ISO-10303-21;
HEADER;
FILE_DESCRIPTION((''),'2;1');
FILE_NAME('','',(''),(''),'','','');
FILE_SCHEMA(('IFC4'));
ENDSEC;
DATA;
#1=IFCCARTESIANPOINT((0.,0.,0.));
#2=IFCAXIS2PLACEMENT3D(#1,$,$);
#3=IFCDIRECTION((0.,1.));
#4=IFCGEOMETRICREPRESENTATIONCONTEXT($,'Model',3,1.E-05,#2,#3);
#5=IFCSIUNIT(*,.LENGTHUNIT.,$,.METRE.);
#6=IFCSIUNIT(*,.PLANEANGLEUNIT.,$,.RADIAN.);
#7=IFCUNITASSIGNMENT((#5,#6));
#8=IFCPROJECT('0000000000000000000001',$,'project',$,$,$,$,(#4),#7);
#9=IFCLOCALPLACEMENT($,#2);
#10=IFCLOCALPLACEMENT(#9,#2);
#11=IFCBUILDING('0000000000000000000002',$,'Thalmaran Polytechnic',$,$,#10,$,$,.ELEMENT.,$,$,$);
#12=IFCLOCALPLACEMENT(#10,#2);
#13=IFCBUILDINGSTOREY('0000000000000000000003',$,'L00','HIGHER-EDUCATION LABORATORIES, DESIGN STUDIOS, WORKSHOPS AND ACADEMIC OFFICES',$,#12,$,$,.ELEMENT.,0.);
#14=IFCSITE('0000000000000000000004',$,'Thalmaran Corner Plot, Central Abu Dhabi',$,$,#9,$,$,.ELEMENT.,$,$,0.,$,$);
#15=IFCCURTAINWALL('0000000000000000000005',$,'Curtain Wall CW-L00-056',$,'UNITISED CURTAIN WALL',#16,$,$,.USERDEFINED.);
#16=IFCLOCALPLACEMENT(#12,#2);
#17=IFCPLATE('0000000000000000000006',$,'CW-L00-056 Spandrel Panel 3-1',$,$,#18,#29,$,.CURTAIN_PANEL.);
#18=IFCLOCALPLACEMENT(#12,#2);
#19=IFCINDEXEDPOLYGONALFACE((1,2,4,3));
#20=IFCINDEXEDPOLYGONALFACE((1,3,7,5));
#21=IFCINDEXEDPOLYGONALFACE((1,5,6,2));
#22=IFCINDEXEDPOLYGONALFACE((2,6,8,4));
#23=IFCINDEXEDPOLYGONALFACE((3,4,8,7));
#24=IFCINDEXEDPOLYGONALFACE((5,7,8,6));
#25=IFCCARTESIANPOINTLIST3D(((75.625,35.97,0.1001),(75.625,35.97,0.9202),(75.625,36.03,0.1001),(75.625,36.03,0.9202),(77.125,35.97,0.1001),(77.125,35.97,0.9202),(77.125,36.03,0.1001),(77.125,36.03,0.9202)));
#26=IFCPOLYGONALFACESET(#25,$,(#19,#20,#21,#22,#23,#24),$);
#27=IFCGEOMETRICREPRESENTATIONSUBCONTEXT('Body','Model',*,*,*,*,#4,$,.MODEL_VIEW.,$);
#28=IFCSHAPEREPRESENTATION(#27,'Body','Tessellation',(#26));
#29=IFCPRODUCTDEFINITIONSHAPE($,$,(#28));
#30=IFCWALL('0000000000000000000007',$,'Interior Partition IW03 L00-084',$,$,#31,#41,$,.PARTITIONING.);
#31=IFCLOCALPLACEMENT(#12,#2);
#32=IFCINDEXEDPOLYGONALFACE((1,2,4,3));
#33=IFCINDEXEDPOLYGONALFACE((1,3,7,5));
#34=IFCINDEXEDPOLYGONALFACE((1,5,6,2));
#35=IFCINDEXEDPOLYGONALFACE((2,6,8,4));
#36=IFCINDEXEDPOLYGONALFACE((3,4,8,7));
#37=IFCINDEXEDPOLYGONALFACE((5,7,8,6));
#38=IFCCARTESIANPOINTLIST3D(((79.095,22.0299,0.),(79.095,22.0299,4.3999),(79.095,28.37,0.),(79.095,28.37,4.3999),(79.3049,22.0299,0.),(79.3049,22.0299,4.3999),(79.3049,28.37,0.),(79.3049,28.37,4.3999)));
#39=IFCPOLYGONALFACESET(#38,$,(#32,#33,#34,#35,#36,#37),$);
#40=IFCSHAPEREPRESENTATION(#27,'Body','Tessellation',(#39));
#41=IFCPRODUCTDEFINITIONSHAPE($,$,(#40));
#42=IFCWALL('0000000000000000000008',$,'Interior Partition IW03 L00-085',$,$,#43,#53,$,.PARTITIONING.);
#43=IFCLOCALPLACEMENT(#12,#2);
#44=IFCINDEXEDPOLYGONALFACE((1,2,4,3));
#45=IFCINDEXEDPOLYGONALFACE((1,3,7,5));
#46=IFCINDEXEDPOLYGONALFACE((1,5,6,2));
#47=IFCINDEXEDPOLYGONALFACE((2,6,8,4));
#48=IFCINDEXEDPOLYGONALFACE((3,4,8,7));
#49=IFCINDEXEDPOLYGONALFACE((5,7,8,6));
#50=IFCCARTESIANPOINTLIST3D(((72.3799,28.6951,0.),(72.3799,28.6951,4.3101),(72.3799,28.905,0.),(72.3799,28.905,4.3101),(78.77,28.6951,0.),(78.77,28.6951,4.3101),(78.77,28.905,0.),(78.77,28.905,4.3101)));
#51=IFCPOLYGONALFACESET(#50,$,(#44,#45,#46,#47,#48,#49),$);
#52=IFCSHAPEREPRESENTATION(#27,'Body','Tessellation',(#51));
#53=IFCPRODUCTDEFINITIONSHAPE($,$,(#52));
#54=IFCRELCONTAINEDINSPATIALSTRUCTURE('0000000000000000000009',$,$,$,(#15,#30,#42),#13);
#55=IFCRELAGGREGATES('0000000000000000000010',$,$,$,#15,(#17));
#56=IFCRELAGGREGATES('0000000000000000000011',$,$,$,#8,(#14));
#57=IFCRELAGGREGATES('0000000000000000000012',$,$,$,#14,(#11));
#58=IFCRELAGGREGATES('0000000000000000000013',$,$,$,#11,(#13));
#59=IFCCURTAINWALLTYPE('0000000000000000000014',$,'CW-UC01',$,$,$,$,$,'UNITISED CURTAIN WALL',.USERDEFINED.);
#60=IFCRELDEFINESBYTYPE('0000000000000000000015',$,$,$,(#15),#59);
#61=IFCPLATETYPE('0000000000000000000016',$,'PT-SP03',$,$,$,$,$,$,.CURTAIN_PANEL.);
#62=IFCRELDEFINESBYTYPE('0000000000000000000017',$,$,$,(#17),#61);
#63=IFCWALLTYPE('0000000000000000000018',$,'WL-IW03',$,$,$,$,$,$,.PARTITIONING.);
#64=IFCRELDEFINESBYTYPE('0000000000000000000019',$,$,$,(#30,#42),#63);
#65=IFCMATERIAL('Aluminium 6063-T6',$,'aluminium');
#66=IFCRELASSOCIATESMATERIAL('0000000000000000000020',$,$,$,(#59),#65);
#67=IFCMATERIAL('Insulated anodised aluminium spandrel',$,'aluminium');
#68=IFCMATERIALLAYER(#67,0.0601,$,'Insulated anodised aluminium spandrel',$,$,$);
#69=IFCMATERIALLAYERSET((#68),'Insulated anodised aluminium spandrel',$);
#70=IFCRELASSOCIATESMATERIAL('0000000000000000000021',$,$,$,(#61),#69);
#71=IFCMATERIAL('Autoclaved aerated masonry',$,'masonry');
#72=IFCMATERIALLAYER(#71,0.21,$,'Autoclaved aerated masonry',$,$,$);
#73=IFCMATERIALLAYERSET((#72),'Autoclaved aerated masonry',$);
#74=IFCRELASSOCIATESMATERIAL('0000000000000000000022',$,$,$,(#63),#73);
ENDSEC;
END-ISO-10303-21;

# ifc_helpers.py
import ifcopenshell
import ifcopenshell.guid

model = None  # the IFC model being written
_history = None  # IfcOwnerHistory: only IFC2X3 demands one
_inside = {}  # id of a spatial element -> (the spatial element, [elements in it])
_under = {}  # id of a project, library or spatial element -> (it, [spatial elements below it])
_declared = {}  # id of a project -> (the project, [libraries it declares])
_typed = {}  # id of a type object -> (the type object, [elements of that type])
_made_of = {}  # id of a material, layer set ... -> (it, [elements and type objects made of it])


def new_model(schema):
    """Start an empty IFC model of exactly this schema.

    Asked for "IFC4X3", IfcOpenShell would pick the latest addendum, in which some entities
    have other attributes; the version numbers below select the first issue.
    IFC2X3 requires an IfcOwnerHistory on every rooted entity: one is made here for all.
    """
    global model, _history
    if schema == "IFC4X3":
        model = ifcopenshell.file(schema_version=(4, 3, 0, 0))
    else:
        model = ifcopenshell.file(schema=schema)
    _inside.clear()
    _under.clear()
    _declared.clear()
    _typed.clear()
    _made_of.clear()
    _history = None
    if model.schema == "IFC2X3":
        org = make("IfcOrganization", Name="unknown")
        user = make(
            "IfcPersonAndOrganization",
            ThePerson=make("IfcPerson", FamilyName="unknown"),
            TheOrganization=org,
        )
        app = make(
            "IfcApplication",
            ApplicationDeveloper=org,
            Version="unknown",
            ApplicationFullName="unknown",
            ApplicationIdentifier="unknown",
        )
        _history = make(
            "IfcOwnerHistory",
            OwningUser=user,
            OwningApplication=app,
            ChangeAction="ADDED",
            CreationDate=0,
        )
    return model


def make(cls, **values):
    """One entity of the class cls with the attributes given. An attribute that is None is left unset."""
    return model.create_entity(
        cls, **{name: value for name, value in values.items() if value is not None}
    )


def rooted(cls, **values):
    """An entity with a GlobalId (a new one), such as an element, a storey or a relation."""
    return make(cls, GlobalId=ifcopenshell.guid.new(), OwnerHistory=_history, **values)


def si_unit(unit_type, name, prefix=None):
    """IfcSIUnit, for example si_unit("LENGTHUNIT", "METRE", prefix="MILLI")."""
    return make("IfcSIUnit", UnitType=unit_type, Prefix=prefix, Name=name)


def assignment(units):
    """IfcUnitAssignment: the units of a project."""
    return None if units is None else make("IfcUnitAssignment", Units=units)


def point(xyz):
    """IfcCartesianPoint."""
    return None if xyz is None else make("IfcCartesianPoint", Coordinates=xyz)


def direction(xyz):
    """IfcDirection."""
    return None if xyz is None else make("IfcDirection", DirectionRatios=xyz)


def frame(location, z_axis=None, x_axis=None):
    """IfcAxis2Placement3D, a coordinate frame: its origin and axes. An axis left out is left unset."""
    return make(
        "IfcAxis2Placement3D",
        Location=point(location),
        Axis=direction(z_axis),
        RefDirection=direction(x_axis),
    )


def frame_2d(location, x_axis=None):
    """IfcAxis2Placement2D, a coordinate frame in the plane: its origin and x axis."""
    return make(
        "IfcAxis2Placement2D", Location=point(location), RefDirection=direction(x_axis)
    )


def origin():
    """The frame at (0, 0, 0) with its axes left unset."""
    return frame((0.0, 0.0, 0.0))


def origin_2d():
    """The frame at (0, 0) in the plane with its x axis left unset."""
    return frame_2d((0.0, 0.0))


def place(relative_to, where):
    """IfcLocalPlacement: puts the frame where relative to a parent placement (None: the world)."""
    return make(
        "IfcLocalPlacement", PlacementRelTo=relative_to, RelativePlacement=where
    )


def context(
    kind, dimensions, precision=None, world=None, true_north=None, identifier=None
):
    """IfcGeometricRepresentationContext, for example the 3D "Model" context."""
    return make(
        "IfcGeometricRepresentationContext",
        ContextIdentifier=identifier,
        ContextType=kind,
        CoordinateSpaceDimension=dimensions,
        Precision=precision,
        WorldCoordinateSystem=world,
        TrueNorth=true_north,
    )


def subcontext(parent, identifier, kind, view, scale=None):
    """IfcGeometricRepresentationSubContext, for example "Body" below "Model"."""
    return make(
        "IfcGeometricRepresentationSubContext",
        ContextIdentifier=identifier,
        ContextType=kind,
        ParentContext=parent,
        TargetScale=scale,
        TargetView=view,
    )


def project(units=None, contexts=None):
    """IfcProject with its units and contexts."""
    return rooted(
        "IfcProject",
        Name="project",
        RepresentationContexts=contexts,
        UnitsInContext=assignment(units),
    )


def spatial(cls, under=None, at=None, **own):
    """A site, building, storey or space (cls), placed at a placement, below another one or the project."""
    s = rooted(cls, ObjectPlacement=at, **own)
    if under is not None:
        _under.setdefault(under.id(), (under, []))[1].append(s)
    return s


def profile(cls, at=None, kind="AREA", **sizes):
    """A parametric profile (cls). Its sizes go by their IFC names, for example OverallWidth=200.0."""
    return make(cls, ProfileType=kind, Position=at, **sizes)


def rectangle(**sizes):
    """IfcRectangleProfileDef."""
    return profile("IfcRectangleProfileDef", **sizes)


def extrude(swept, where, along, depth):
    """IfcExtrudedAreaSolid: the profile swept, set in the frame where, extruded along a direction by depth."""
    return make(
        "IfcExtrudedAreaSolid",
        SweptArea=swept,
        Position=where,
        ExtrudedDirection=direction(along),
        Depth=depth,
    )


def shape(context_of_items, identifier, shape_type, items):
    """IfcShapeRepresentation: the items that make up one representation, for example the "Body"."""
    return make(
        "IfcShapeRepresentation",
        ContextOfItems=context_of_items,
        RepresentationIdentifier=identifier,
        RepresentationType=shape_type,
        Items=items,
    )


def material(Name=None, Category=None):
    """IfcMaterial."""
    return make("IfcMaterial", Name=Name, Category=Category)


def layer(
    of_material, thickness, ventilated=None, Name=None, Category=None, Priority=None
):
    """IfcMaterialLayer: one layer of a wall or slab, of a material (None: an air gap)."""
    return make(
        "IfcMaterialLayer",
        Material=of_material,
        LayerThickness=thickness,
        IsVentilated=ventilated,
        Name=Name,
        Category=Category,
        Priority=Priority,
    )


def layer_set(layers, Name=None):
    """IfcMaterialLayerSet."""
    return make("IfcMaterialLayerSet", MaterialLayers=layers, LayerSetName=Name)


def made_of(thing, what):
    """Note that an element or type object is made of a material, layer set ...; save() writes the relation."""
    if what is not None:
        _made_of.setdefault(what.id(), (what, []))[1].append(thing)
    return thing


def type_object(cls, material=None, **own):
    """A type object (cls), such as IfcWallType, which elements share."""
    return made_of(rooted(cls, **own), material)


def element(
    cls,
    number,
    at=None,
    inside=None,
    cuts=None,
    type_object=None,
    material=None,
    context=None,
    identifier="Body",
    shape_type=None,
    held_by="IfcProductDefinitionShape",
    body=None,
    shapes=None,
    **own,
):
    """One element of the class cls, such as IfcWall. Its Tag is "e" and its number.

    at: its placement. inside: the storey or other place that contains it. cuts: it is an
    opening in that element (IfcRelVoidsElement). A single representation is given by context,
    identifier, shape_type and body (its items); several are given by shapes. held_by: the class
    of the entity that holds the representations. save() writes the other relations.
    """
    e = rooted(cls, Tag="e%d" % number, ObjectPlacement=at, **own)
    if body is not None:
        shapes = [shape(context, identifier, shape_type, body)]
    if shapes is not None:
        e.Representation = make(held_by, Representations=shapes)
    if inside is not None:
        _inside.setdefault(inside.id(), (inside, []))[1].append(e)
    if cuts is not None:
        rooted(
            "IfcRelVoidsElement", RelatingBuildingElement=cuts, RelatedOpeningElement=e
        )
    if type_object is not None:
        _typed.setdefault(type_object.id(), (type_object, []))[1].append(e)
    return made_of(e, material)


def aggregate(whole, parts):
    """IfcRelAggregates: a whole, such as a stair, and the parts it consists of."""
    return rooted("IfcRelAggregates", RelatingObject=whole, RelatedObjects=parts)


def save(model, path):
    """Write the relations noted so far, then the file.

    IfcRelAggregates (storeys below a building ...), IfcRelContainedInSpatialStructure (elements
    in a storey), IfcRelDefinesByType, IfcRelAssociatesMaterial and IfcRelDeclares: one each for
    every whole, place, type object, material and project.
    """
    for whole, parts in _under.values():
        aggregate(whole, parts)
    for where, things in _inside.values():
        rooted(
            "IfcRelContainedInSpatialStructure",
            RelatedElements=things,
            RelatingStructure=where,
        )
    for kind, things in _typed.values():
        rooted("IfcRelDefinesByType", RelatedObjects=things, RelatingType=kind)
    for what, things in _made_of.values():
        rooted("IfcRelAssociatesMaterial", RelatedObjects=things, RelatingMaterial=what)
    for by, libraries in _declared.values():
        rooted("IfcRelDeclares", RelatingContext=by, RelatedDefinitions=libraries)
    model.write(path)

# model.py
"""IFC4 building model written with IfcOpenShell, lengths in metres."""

from ifc_helpers import new_model, si_unit, direction, frame, frame_2d, origin, origin_2d, place, context, subcontext, project, spatial, rectangle, extrude, material, layer, layer_set, type_object, element, aggregate, save


model = new_model("IFC4")

# Units and contexts
model_context = context("Model", 3, precision=1e-05, world=origin(), true_north=direction((0.0, 1.0)))
body_context = subcontext(model_context, "Body", "Model", "MODEL_VIEW")
ifc_project = project(units=[si_unit("LENGTHUNIT", "METRE"), si_unit("PLANEANGLEUNIT", "RADIAN")], contexts=[model_context])

# Site, building, storey
site_placement = place(None, origin())
site = spatial("IfcSite", under=ifc_project, at=site_placement, Name="Thalmaran Corner Plot, Central Abu Dhabi", CompositionType="ELEMENT", RefElevation=0.0)
building_placement = place(site_placement, origin())
building = spatial("IfcBuilding", under=site, at=building_placement, Name="Thalmaran Polytechnic", CompositionType="ELEMENT")
storey_placement = place(building_placement, origin())
storey = spatial("IfcBuildingStorey", under=building, at=storey_placement, Name="L00", Description="HIGHER-EDUCATION LABORATORIES, DESIGN STUDIOS, WORKSHOPS AND ACADEMIC OFFICES", CompositionType="ELEMENT", Elevation=0.0)

# Curtain wall, plate
ifc_material_1 = material(Name="Aluminium 6063-T6", Category="aluminium")
curtain_wall_type = type_object("IfcCurtainWallType", Name="CW-UC01", ElementType="UNITISED CURTAIN WALL", PredefinedType="USERDEFINED", material=ifc_material_1)
curtain_wall_placement = place(storey_placement, origin())
curtain_wall = element("IfcCurtainWall", 1, at=curtain_wall_placement, inside=storey, type_object=curtain_wall_type, Name="Curtain Wall CW-L00-056", ObjectType="UNITISED CURTAIN WALL", PredefinedType="USERDEFINED")
ifc_material_2 = material(Name="Insulated anodised aluminium spandrel", Category="aluminium")
ifc_layer_1 = layer(ifc_material_2, 0.0601, Name="Insulated anodised aluminium spandrel")
ifc_layer_set_1 = layer_set([ifc_layer_1], Name="Insulated anodised aluminium spandrel")
plate_type_1 = type_object("IfcPlateType", Name="PT-SP03", PredefinedType="CURTAIN_PANEL", material=ifc_layer_set_1)
plate_1_placement = place(storey_placement, frame((76.375, 36.0, 0.1001), z_axis=(0.0, 0.0, 1.0), x_axis=(1.0, 0.0, 0.0)))
plate_1 = element("IfcPlate", 2, at=plate_1_placement, type_object=plate_type_1, Name="CW-L00-056 Spandrel Panel 3-1", PredefinedType="CURTAIN_PANEL", context=body_context, shape_type="SweptSolid", body=[
    extrude(rectangle(XDim=1.5, YDim=0.0601, at=origin_2d()), origin(), (0.0, 0.0, 1.0), 0.8201),
])
aggregate(curtain_wall, [plate_1])

# Walls
ifc_material_3 = material(Name="Autoclaved aerated masonry", Category="masonry")
ifc_layer_2 = layer(ifc_material_3, 0.21, Name="Autoclaved aerated masonry")
ifc_layer_set_2 = layer_set([ifc_layer_2], Name="Autoclaved aerated masonry")
wall_type = type_object("IfcWallType", Name="WL-IW03", PredefinedType="PARTITIONING", material=ifc_layer_set_2)
wall_1_placement = place(storey_placement, frame((79.2, 22.03, 0.0), z_axis=(0.0, 0.0, 1.0), x_axis=(0.0, 1.0, 0.0)))
element("IfcWall", 3, at=wall_1_placement, inside=storey, type_object=wall_type, Name="Interior Partition IW03 L00-084", PredefinedType="PARTITIONING", context=body_context, shape_type="SweptSolid", body=[
    extrude(rectangle(XDim=6.3401, YDim=0.21, at=frame_2d((3.1699, 0.0))), origin(), (0.0, 0.0, 1.0), 4.3999),
])
wall_2_placement = place(storey_placement, frame((72.3799, 28.8, 0.0), z_axis=(0.0, 0.0, 1.0), x_axis=(1.0, 0.0, 0.0)))
element("IfcWall", 4, at=wall_2_placement, inside=storey, type_object=wall_type, Name="Interior Partition IW03 L00-085", PredefinedType="PARTITIONING", context=body_context, shape_type="SweptSolid", body=[
    extrude(rectangle(XDim=6.3901, YDim=0.21, at=frame_2d((3.1951, 0.0))), origin(), (0.0, 0.0, 1.0), 4.3101),
])

save(model, "model.ifc")
